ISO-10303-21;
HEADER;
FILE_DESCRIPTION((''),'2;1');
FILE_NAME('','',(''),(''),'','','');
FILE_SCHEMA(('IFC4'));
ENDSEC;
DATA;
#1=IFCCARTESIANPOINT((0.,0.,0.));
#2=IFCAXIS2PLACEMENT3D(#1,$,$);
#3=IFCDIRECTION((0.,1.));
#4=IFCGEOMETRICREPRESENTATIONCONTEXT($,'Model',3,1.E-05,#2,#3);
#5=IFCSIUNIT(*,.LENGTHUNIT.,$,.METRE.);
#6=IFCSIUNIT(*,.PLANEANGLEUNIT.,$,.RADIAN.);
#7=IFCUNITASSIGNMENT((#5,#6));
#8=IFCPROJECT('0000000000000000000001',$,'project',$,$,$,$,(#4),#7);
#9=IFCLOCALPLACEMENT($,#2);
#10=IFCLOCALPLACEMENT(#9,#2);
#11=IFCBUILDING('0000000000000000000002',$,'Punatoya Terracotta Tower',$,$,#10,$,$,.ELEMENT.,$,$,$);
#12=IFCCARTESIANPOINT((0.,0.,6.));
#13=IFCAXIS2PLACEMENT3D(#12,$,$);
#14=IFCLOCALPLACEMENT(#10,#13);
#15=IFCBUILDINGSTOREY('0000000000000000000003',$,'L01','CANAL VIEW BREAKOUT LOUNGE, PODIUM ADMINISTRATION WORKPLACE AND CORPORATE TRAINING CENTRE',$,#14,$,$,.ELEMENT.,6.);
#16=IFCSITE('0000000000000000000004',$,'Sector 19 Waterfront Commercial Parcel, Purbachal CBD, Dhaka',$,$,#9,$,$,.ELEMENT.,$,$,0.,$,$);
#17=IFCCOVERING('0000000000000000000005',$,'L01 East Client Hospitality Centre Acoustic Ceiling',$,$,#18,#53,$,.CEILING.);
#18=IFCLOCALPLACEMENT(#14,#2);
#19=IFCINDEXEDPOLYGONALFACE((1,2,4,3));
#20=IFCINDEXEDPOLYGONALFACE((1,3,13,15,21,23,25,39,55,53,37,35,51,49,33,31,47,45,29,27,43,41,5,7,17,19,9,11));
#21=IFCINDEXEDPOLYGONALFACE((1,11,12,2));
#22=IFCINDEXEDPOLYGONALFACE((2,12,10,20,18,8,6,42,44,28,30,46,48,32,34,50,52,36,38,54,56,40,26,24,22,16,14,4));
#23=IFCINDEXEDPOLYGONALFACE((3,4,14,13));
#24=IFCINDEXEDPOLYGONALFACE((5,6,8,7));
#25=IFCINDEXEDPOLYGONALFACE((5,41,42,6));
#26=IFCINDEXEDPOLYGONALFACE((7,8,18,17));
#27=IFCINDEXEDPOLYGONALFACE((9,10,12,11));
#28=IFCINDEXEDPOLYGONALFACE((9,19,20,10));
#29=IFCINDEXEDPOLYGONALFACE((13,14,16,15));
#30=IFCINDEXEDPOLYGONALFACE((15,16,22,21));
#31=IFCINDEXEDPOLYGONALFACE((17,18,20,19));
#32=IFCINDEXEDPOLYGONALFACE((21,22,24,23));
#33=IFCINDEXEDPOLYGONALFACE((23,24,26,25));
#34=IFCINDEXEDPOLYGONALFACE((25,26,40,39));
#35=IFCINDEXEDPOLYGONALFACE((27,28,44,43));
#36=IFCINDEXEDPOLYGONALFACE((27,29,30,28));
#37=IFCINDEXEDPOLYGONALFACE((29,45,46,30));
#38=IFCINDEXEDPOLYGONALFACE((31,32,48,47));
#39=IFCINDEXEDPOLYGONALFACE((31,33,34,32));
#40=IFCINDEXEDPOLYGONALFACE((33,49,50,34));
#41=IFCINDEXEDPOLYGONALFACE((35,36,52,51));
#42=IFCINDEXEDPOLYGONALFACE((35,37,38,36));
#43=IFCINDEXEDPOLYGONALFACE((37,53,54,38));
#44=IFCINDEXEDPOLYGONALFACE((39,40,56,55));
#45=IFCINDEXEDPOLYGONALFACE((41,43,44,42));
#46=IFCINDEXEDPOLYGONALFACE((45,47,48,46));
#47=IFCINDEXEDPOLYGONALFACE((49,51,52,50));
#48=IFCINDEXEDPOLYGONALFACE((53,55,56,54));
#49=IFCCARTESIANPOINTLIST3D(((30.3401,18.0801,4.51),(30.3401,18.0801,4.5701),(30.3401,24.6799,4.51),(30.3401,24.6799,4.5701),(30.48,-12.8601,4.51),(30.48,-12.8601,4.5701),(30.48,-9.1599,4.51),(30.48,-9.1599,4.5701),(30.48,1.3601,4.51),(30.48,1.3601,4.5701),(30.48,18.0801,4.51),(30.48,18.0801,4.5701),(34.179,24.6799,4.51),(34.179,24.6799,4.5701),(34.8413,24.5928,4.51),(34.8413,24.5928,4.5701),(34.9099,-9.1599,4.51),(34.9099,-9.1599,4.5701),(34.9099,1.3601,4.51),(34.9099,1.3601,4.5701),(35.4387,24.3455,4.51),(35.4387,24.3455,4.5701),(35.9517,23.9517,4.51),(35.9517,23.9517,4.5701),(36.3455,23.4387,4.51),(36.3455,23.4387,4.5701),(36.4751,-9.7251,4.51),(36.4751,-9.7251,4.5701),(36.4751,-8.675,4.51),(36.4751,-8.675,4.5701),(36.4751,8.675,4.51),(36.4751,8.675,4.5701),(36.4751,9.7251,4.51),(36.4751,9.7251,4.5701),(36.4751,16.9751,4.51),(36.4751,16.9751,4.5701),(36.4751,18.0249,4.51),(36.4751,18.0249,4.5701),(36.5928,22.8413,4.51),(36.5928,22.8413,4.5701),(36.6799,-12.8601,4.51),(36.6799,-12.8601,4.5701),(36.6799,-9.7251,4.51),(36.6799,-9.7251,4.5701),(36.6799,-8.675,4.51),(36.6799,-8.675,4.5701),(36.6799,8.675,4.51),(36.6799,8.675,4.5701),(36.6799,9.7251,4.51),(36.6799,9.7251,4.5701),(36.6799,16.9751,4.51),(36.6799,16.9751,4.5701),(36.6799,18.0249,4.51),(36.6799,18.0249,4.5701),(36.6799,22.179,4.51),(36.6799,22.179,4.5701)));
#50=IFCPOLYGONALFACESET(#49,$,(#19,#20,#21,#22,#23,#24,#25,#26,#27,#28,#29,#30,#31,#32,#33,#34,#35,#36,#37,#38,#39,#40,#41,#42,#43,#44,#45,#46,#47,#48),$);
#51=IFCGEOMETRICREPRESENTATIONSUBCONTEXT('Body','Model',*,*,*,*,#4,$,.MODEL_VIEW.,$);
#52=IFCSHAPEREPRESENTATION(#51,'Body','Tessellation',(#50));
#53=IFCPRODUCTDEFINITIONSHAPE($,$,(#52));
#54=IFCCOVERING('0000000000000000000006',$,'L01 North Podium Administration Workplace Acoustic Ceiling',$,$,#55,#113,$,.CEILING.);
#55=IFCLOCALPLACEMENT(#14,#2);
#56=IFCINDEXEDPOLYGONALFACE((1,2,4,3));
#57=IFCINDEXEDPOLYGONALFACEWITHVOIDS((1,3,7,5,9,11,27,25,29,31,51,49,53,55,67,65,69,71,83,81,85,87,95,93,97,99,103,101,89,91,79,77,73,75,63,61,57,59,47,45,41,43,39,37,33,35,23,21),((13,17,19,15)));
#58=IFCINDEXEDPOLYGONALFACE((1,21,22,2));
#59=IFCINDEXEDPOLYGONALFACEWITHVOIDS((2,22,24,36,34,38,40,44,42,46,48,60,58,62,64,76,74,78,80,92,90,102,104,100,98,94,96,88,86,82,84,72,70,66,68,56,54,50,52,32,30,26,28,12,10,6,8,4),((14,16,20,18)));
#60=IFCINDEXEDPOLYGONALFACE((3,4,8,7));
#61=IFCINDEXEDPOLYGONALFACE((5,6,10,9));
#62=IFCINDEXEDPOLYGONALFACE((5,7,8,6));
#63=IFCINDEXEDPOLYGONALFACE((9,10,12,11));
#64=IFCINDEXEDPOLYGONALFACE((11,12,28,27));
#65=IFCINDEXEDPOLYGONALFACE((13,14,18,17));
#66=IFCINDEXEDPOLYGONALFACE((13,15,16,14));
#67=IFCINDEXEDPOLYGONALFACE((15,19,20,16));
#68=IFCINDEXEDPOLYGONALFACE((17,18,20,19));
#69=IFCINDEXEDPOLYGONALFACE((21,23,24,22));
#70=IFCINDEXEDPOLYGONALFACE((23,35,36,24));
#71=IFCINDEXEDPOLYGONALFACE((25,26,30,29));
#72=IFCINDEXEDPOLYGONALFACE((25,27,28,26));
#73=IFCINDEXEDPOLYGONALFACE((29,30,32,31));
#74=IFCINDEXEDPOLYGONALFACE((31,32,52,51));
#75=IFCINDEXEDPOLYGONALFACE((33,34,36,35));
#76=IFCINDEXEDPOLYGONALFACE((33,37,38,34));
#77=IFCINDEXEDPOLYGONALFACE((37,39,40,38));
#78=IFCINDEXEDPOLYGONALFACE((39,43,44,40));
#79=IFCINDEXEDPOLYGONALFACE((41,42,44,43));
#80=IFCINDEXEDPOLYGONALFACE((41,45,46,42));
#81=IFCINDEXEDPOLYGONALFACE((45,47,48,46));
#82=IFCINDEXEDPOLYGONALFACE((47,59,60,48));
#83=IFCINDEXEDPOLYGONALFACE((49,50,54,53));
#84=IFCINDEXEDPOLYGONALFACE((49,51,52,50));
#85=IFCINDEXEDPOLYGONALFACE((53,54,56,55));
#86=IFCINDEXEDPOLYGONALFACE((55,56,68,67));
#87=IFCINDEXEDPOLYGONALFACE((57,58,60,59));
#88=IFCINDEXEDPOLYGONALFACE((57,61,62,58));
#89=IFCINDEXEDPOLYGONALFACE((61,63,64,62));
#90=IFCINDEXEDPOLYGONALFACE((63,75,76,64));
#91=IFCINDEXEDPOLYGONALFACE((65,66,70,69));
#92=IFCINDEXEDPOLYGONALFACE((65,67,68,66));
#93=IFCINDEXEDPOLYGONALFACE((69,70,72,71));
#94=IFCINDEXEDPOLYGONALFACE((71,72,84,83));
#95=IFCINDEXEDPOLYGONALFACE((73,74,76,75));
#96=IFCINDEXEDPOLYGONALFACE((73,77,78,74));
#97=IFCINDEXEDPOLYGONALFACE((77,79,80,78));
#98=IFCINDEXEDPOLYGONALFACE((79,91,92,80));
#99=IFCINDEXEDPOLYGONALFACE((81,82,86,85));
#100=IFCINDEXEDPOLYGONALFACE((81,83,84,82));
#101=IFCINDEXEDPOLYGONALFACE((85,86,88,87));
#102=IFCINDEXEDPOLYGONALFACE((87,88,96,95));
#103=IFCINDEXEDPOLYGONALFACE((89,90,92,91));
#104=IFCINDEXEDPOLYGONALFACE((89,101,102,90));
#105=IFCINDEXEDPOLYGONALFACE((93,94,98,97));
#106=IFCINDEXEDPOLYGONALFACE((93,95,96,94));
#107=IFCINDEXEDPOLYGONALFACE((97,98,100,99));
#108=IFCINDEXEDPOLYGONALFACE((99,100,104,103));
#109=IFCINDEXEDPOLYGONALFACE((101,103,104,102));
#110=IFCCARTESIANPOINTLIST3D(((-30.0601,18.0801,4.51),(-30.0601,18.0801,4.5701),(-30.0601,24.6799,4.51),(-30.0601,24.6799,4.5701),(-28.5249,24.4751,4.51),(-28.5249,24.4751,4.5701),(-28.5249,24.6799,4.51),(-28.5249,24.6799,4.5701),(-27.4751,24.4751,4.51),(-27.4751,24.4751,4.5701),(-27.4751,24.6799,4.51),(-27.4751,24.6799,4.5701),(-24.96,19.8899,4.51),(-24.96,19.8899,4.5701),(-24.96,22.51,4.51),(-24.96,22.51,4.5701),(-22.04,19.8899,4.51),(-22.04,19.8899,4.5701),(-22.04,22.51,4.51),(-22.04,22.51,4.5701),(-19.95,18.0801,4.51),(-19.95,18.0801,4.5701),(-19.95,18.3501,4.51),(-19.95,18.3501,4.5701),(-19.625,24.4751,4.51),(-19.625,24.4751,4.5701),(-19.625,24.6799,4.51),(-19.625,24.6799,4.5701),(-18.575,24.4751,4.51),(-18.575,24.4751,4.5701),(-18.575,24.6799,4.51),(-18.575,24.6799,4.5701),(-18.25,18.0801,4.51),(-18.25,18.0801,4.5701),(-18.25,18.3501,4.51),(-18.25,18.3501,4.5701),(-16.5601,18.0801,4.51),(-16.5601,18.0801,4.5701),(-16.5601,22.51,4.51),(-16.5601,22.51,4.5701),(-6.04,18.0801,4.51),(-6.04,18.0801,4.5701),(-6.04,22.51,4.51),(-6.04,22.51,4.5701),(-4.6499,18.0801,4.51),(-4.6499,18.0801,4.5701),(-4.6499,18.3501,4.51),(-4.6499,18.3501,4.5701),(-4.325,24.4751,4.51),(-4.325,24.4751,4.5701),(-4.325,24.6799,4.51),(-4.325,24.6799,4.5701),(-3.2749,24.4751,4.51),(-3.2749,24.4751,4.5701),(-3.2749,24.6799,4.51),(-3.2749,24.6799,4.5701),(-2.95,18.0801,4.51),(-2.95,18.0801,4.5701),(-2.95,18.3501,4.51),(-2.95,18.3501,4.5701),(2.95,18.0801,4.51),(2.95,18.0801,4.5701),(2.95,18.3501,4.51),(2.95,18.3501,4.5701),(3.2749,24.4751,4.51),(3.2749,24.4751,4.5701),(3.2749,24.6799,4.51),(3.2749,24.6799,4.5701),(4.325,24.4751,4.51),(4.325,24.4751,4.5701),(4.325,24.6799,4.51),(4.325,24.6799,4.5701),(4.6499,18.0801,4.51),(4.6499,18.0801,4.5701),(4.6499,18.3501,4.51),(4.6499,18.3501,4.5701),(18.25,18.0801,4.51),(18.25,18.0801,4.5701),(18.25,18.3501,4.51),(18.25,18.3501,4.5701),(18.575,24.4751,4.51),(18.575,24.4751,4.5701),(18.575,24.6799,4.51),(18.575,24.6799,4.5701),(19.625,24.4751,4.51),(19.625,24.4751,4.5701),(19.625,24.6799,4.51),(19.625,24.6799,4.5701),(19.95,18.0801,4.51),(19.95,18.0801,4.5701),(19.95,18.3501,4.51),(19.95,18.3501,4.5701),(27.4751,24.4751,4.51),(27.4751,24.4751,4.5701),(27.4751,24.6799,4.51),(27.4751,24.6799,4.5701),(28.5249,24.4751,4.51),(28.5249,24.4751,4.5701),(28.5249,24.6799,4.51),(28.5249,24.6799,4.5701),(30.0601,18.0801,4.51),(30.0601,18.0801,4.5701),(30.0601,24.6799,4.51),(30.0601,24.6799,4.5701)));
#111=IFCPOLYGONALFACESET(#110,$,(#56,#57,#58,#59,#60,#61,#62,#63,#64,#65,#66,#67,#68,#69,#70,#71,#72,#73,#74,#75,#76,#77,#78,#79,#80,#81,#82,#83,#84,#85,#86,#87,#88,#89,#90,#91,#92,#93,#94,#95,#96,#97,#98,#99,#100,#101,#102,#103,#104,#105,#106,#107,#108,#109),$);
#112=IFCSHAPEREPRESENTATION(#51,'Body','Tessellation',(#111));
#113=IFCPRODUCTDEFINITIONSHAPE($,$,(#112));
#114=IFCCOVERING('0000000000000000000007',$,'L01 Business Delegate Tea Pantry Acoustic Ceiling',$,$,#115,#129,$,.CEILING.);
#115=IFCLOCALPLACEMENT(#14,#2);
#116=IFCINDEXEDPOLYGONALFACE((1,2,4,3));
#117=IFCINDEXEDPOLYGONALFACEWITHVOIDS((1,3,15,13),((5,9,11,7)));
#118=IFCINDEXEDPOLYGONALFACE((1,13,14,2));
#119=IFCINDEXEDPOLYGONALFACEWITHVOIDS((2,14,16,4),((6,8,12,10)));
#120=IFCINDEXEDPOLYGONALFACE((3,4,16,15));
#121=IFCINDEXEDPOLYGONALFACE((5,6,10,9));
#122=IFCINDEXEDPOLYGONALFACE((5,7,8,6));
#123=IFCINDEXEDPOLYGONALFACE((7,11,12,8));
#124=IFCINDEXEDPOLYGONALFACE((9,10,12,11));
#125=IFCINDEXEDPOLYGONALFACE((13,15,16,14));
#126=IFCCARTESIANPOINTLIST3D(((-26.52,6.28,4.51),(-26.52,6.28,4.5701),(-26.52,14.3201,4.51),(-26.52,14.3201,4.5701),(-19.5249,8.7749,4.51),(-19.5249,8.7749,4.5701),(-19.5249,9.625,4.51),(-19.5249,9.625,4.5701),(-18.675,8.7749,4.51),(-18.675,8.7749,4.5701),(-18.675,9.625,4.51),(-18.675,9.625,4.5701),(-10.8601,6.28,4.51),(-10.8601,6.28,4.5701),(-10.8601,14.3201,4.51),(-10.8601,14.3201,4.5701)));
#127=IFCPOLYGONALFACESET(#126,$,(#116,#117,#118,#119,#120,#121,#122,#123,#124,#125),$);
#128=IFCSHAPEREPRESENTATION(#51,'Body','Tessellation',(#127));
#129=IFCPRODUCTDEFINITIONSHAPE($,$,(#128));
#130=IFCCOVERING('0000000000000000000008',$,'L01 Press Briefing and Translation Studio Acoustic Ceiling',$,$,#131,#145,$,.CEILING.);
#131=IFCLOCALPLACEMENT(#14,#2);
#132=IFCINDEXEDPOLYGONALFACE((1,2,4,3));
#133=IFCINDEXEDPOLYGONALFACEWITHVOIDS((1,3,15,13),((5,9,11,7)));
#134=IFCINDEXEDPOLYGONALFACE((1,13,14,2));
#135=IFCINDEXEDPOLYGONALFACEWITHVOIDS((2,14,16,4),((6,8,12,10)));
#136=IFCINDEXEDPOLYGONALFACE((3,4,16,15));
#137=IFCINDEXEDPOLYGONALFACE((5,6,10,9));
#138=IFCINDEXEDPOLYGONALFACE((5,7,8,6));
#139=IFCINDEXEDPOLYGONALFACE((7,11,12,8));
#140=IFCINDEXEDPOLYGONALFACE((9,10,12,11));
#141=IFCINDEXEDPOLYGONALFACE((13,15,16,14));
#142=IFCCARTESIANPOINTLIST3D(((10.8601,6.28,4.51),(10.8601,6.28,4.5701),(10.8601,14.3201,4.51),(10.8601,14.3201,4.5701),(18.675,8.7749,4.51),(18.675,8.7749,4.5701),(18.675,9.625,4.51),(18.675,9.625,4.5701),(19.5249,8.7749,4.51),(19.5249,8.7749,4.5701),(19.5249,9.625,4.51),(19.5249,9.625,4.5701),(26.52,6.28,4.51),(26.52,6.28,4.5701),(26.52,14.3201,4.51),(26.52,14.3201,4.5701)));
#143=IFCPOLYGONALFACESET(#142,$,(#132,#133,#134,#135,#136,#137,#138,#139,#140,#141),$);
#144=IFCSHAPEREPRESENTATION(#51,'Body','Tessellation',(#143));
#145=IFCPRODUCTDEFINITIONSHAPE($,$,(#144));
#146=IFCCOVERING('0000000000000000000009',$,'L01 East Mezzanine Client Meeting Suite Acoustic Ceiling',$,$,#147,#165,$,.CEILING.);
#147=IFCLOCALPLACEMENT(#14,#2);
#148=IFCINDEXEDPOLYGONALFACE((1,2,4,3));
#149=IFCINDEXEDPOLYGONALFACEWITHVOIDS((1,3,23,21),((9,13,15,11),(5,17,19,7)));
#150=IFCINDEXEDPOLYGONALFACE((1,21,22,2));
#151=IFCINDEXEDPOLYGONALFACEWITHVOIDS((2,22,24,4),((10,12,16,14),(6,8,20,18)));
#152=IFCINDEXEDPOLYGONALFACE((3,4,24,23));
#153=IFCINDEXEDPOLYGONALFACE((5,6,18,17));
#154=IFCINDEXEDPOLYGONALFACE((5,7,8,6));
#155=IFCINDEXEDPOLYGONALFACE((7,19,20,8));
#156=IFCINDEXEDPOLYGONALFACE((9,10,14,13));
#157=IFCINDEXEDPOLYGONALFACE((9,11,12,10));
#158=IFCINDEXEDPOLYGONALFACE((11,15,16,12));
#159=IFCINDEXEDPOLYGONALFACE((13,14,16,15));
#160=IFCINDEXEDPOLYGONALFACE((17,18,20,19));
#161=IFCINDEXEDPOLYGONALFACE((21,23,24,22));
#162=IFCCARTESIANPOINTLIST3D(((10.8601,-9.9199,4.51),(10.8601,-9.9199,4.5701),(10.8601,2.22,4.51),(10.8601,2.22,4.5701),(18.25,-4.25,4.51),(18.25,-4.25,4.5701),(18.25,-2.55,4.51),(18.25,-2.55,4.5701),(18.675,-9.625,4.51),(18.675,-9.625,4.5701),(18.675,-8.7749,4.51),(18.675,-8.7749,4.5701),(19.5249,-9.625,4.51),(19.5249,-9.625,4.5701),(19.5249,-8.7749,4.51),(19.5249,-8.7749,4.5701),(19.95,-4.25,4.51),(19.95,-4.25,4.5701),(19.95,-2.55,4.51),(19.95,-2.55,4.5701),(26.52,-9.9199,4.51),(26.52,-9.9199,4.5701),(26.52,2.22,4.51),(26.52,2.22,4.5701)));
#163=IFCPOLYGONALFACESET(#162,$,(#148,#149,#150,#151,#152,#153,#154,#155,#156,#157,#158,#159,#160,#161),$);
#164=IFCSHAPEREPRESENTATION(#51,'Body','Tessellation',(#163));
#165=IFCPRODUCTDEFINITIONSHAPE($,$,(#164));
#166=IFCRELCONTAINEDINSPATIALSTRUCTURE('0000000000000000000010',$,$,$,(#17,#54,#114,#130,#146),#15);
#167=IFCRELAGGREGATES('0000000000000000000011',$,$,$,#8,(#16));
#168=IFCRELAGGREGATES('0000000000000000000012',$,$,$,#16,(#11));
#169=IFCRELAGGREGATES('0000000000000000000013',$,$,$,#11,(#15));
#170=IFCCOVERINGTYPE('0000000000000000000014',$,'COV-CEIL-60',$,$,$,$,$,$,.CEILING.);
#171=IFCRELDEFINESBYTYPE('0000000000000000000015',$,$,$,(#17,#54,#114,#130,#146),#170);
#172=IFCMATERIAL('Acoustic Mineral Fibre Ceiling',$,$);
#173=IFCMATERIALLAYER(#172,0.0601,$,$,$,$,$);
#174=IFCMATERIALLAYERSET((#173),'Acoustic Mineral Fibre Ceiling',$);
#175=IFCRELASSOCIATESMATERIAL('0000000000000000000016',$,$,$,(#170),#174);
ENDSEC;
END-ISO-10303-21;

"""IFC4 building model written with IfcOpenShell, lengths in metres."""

from ifc_helpers import new_model, si_unit, direction, frame, origin, place, context, subcontext, project, spatial, polyline, outline, extrude, material, layer, layer_set, type_object, element, save


model = new_model("IFC4")

# Units and contexts
model_context = context("Model", 3, precision=1e-05, world=origin(), true_north=direction((0.0, 1.0)))
body_context = subcontext(model_context, "Body", "Model", "MODEL_VIEW")
ifc_project = project(units=[si_unit("LENGTHUNIT", "METRE"), si_unit("PLANEANGLEUNIT", "RADIAN")], contexts=[model_context])

# Site, building, storey
site_placement = place(None, origin())
site = spatial("IfcSite", under=ifc_project, at=site_placement, Name="Sector 19 Waterfront Commercial Parcel, Purbachal CBD, Dhaka", CompositionType="ELEMENT", RefElevation=0.0)
building_placement = place(site_placement, origin())
building = spatial("IfcBuilding", under=site, at=building_placement, Name="Punatoya Terracotta Tower", CompositionType="ELEMENT")
storey_placement = place(building_placement, frame((0.0, 0.0, 6.0)))
storey = spatial("IfcBuildingStorey", under=building, at=storey_placement, Name="L01", Description="CANAL VIEW BREAKOUT LOUNGE, PODIUM ADMINISTRATION WORKPLACE AND CORPORATE TRAINING CENTRE", CompositionType="ELEMENT", Elevation=6.0)

# Coverings
ifc_material_1 = material(Name="Acoustic Mineral Fibre Ceiling")
ifc_layer_1 = layer(ifc_material_1, 0.0601)
ifc_layer_set_1 = layer_set([ifc_layer_1], Name="Acoustic Mineral Fibre Ceiling")
covering_type = type_object("IfcCoveringType", Name="COV-CEIL-60", PredefinedType="CEILING", material=ifc_layer_set_1)
covering_1_placement = place(storey_placement, frame((0.0, 0.0, 4.51)))
element("IfcCovering", 1, at=covering_1_placement, inside=storey, type_object=covering_type, Name="L01 East Client Hospitality Centre Acoustic Ceiling", PredefinedType="CEILING", context=body_context, shape_type="SweptSolid", body=[
    extrude(outline(polyline([(30.48, -12.8601), (36.6799, -12.8601), (36.6799, -9.7251), (36.4751, -9.7251), (36.4751, -8.675), (36.6799, -8.675), (36.6799, 8.675), (36.4751, 8.675), (36.4751, 9.7251), (36.6799, 9.7251), (36.6799, 16.9751), (36.4751, 16.9751), (36.4751, 18.0249), (36.6799, 18.0249), (36.6799, 22.179), (36.5928, 22.8413), (36.3455, 23.4387), (35.9517, 23.9517), (35.4387, 24.3455), (34.8413, 24.5928), (34.179, 24.6799), (30.3401, 24.6799), (30.3401, 18.0801), (30.48, 18.0801), (30.48, 1.3601), (34.9099, 1.3601), (34.9099, -9.1599), (30.48, -9.1599), (30.48, -12.8601)])), origin(), (0.0, 0.0, 1.0), 0.0601),
])
covering_2_placement = place(storey_placement, frame((0.0, 0.0, 4.51)))
element("IfcCovering", 2, at=covering_2_placement, inside=storey, type_object=covering_type, Name="L01 North Podium Administration Workplace Acoustic Ceiling", PredefinedType="CEILING", context=body_context, shape_type="SweptSolid", body=[
    extrude(outline(polyline([(-19.95, 18.3501), (-18.25, 18.3501), (-18.25, 18.0801), (-16.5601, 18.0801), (-16.5601, 22.51), (-6.04, 22.51), (-6.04, 18.0801), (-4.6499, 18.0801), (-4.6499, 18.3501), (-2.95, 18.3501), (-2.95, 18.0801), (2.95, 18.0801), (2.95, 18.3501), (4.6499, 18.3501), (4.6499, 18.0801), (18.25, 18.0801), (18.25, 18.3501), (19.95, 18.3501), (19.95, 18.0801), (30.0601, 18.0801), (30.0601, 24.6799), (28.5249, 24.6799), (28.5249, 24.4751), (27.4751, 24.4751), (27.4751, 24.6799), (19.625, 24.6799), (19.625, 24.4751), (18.575, 24.4751), (18.575, 24.6799), (4.325, 24.6799), (4.325, 24.4751), (3.2749, 24.4751), (3.2749, 24.6799), (-3.2749, 24.6799), (-3.2749, 24.4751), (-4.325, 24.4751), (-4.325, 24.6799), (-18.575, 24.6799), (-18.575, 24.4751), (-19.625, 24.4751), (-19.625, 24.6799), (-27.4751, 24.6799), (-27.4751, 24.4751), (-28.5249, 24.4751), (-28.5249, 24.6799), (-30.0601, 24.6799), (-30.0601, 18.0801), (-19.95, 18.0801), (-19.95, 18.3501)]), holes=[polyline([(-22.04, 19.8899), (-24.96, 19.8899), (-24.96, 22.51), (-22.04, 22.51), (-22.04, 19.8899)])]), origin(), (0.0, 0.0, 1.0), 0.0601),
])
covering_3_placement = place(storey_placement, frame((0.0, 0.0, 4.51)))
element("IfcCovering", 3, at=covering_3_placement, inside=storey, type_object=covering_type, Name="L01 Business Delegate Tea Pantry Acoustic Ceiling", PredefinedType="CEILING", context=body_context, shape_type="SweptSolid", body=[
    extrude(outline(polyline([(-26.52, 14.3201), (-26.52, 6.28), (-10.8601, 6.28), (-10.8601, 14.3201), (-26.52, 14.3201)]), holes=[polyline([(-18.675, 9.625), (-18.675, 8.7749), (-19.5249, 8.7749), (-19.5249, 9.625), (-18.675, 9.625)])]), origin(), (0.0, 0.0, 1.0), 0.0601),
])
covering_4_placement = place(storey_placement, frame((0.0, 0.0, 4.51)))
element("IfcCovering", 4, at=covering_4_placement, inside=storey, type_object=covering_type, Name="L01 Press Briefing and Translation Studio Acoustic Ceiling", PredefinedType="CEILING", context=body_context, shape_type="SweptSolid", body=[
    extrude(outline(polyline([(10.8601, 14.3201), (10.8601, 6.28), (26.52, 6.28), (26.52, 14.3201), (10.8601, 14.3201)]), holes=[polyline([(19.5249, 8.7749), (18.675, 8.7749), (18.675, 9.625), (19.5249, 9.625), (19.5249, 8.7749)])]), origin(), (0.0, 0.0, 1.0), 0.0601),
])
covering_5_placement = place(storey_placement, frame((0.0, 0.0, 4.51)))
element("IfcCovering", 5, at=covering_5_placement, inside=storey, type_object=covering_type, Name="L01 East Mezzanine Client Meeting Suite Acoustic Ceiling", PredefinedType="CEILING", context=body_context, shape_type="SweptSolid", body=[
    extrude(outline(polyline([(10.8601, 2.22), (10.8601, -9.9199), (26.52, -9.9199), (26.52, 2.22), (10.8601, 2.22)]), holes=[polyline([(18.25, -4.25), (18.25, -2.55), (19.95, -2.55), (19.95, -4.25), (18.25, -4.25)]), polyline([(18.675, -8.7749), (19.5249, -8.7749), (19.5249, -9.625), (18.675, -9.625), (18.675, -8.7749)])]), origin(), (0.0, 0.0, 1.0), 0.0601),
])

save(model, "model.ifc")
